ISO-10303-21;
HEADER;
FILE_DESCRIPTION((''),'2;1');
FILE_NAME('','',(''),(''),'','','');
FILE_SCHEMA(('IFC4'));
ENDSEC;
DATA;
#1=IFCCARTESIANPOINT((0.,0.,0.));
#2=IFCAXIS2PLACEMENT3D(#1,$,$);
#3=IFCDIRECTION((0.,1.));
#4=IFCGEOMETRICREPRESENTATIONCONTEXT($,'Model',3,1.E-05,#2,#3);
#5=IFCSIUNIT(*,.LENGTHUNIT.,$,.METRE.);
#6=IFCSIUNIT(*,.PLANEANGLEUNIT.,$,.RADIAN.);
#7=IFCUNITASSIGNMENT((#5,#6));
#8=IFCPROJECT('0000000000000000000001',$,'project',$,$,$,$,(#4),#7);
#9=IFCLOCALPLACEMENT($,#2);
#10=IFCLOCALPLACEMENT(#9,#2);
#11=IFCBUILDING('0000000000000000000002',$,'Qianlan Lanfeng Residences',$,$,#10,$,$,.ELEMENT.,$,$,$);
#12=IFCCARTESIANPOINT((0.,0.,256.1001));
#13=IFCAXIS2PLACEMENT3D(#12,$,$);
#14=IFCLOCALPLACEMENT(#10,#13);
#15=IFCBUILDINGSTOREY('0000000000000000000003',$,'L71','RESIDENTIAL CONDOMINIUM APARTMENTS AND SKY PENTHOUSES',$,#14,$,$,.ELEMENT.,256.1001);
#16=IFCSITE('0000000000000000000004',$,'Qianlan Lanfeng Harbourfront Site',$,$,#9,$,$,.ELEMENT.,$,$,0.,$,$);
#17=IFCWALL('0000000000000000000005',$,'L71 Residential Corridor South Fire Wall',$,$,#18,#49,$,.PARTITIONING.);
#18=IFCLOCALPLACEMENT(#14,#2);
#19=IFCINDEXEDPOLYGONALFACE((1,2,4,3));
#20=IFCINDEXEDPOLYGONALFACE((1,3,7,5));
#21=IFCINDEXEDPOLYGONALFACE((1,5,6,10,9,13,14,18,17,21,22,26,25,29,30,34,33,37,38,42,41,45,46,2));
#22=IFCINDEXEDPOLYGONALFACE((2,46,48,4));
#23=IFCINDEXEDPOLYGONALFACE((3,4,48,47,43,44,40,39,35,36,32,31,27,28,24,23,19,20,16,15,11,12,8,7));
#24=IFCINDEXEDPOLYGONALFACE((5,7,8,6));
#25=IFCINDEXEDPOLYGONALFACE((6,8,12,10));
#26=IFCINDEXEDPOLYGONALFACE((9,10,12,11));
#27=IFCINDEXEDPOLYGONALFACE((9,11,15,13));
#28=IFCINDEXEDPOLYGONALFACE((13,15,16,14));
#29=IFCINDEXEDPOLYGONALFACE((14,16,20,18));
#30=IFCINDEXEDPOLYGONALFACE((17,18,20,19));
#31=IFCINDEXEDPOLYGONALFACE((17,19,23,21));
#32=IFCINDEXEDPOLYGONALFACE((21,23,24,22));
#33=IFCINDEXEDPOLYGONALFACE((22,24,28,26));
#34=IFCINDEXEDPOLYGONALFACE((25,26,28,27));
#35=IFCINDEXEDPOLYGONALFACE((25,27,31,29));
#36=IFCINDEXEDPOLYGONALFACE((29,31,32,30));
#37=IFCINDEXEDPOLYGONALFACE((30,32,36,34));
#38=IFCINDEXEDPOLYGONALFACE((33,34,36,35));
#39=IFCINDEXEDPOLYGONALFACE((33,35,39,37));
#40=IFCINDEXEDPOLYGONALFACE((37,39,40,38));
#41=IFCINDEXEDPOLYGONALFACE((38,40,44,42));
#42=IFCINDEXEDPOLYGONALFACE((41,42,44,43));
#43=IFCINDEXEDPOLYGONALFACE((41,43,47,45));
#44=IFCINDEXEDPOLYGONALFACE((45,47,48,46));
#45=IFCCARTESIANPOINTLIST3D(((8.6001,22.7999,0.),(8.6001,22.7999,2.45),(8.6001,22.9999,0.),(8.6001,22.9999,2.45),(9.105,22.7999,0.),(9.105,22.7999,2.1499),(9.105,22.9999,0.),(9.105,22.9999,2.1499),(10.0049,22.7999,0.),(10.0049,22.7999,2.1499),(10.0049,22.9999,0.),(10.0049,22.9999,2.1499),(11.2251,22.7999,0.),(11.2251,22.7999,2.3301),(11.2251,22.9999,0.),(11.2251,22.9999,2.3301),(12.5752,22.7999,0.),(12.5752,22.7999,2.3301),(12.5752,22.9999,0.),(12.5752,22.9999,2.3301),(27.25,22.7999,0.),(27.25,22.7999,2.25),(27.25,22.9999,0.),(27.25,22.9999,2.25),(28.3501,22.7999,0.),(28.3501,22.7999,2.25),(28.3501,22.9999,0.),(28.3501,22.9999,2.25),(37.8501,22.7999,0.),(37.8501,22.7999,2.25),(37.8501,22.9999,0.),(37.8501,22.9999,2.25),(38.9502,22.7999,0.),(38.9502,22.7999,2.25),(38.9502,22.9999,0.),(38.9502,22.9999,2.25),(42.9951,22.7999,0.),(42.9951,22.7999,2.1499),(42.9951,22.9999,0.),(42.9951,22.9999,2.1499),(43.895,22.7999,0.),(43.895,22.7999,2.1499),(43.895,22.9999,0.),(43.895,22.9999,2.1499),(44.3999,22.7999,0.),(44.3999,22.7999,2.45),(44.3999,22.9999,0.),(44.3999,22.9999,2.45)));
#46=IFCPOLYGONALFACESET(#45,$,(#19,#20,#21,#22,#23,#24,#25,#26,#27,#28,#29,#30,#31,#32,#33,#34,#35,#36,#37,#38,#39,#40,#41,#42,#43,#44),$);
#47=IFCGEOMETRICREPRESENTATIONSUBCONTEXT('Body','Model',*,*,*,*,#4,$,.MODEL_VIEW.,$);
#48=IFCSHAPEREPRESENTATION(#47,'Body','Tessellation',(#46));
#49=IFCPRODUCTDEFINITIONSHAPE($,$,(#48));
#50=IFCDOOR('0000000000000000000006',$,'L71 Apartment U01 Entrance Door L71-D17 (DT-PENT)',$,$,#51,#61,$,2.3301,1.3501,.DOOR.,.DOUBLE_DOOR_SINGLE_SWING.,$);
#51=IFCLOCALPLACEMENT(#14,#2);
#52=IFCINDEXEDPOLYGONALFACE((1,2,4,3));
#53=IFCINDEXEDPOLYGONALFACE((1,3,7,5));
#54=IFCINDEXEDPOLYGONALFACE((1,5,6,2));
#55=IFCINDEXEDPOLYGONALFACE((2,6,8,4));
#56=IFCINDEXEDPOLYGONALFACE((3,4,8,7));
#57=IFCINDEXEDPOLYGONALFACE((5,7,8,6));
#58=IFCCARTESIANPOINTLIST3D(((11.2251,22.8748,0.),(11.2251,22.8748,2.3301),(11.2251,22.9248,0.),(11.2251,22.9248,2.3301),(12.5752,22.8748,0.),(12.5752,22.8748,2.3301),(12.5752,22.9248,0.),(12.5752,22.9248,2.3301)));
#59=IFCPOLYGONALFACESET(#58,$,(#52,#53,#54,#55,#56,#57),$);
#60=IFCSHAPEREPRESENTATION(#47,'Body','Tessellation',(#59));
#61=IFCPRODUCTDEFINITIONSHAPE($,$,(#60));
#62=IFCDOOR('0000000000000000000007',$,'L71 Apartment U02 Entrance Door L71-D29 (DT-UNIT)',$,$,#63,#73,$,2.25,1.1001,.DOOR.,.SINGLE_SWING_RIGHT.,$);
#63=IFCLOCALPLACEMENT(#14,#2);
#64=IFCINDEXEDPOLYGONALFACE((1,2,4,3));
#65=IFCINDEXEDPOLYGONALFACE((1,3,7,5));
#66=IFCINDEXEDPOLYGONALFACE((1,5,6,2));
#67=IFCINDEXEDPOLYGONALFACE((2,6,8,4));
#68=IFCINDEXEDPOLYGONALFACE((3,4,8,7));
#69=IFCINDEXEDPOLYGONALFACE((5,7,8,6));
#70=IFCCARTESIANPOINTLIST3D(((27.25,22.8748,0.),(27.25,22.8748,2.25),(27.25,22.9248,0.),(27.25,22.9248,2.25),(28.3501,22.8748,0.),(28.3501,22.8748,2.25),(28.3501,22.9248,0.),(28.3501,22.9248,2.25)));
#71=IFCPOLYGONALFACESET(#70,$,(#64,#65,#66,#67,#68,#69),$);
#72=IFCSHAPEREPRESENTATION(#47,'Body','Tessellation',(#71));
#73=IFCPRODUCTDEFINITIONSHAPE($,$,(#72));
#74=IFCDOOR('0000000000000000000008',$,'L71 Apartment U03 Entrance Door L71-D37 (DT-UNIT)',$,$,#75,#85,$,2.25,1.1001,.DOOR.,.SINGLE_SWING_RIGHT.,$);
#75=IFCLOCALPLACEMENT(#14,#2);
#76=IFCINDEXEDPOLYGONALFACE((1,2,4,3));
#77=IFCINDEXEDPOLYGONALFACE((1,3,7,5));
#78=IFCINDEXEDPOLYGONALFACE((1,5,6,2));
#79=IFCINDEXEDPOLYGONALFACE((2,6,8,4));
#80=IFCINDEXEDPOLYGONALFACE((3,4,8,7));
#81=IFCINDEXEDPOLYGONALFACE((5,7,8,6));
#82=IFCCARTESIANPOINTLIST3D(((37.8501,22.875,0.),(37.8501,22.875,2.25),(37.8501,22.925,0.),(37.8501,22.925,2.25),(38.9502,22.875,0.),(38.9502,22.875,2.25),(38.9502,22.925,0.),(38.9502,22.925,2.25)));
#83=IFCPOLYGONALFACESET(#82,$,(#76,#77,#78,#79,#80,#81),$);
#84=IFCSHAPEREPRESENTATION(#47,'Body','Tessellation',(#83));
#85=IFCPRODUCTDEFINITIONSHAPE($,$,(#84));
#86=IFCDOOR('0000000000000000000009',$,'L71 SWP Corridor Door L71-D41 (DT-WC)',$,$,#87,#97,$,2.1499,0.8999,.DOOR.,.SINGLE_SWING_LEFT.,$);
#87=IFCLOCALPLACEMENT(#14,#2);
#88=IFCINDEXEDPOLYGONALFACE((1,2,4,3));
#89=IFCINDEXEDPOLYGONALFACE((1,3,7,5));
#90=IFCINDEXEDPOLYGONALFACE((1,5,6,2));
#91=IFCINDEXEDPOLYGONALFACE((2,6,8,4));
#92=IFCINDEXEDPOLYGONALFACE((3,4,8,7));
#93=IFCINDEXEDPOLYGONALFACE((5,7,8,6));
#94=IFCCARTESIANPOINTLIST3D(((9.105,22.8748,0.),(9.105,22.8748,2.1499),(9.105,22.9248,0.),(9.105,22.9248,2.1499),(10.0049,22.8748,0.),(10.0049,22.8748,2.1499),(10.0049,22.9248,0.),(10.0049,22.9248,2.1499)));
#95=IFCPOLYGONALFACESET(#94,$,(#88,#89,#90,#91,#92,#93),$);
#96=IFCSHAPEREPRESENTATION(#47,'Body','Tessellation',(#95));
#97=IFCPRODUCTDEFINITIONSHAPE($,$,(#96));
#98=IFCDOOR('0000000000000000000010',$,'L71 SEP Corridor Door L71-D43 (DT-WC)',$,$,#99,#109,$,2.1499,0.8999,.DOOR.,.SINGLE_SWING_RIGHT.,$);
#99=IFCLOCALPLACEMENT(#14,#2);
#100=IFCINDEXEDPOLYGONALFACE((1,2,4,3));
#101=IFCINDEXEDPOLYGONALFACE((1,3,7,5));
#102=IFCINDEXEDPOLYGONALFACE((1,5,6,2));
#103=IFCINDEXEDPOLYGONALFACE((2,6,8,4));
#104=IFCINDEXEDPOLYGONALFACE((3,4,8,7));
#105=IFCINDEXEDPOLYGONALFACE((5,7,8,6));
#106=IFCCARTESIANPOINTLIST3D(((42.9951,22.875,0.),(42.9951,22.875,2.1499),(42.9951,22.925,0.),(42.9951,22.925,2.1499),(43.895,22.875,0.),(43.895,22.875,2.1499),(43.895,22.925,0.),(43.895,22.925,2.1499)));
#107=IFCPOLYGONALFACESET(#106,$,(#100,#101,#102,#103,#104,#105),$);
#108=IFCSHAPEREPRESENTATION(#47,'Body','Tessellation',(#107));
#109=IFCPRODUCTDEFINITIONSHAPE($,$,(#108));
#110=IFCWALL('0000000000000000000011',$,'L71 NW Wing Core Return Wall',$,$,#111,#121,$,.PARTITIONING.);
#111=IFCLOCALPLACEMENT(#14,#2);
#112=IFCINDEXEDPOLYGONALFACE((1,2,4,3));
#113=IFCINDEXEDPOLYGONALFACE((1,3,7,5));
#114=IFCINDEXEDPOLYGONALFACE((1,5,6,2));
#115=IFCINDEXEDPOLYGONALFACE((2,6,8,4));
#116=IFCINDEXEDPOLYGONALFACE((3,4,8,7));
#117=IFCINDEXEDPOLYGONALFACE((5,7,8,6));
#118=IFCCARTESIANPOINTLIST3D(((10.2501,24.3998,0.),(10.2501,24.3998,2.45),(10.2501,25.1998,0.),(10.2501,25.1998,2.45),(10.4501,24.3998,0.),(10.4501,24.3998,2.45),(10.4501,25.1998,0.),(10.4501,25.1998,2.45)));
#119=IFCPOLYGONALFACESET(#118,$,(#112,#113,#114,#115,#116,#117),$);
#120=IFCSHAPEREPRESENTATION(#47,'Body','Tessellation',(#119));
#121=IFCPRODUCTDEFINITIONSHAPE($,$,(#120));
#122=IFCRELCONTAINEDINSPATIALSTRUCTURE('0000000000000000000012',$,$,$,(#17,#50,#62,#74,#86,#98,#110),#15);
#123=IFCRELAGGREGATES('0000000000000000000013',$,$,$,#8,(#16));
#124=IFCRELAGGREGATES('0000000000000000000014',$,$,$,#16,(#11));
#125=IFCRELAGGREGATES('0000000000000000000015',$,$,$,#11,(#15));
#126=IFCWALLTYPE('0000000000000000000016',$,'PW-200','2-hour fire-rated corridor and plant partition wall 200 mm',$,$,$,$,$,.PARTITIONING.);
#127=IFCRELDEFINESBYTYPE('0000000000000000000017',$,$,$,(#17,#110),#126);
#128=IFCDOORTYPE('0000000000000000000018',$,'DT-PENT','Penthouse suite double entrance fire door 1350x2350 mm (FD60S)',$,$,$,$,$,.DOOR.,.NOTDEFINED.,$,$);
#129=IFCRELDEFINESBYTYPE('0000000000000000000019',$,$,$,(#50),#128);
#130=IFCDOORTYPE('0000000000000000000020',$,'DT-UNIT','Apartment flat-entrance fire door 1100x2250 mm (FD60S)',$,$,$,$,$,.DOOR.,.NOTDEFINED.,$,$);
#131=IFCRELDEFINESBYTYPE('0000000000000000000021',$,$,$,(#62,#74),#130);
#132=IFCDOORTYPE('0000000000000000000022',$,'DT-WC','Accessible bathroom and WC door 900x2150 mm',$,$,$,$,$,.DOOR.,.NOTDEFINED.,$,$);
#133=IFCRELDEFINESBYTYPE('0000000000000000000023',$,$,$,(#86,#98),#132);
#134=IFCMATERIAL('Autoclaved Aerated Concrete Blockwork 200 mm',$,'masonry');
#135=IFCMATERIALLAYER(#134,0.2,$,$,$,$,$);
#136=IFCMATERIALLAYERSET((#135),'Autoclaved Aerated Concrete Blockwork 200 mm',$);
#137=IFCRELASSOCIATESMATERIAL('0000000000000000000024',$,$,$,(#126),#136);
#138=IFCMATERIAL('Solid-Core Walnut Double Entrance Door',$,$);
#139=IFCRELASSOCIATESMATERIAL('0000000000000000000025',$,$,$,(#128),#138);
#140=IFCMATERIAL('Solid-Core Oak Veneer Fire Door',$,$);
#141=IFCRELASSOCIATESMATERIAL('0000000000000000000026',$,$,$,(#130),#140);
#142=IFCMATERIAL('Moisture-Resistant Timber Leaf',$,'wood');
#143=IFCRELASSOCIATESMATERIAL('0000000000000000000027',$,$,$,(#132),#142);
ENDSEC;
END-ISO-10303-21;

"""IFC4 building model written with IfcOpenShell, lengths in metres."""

from ifc_helpers import new_model, si_unit, direction, frame, frame_2d, origin, place, context, subcontext, project, spatial, rectangle, extrude, material, layer, layer_set, type_object, element, fill, save


model = new_model("IFC4")

# Units and contexts
model_context = context("Model", 3, precision=1e-05, world=origin(), true_north=direction((0.0, 1.0)))
body_context = subcontext(model_context, "Body", "Model", "MODEL_VIEW")
ifc_project = project(units=[si_unit("LENGTHUNIT", "METRE"), si_unit("PLANEANGLEUNIT", "RADIAN")], contexts=[model_context])

# Site, building, storey
site_placement = place(None, origin())
site = spatial("IfcSite", under=ifc_project, at=site_placement, Name="Qianlan Lanfeng Harbourfront Site", CompositionType="ELEMENT", RefElevation=0.0)
building_placement = place(site_placement, origin())
building = spatial("IfcBuilding", under=site, at=building_placement, Name="Qianlan Lanfeng Residences", CompositionType="ELEMENT")
storey_placement = place(building_placement, frame((0.0, 0.0, 256.1001)))
storey = spatial("IfcBuildingStorey", under=building, at=storey_placement, Name="L71", Description="RESIDENTIAL CONDOMINIUM APARTMENTS AND SKY PENTHOUSES", CompositionType="ELEMENT", Elevation=256.1001)

# Shared definitions
ifc_material_1 = material(Name="Autoclaved Aerated Concrete Blockwork 200 mm", Category="masonry")
ifc_layer_1 = layer(ifc_material_1, 0.2)
ifc_layer_set_1 = layer_set([ifc_layer_1], Name="Autoclaved Aerated Concrete Blockwork 200 mm")
wall_type_1 = type_object("IfcWallType", Name="PW-200", Description="2-hour fire-rated corridor and plant partition wall 200 mm", PredefinedType="PARTITIONING", material=ifc_layer_set_1)

# Wall, openings, doors
wall_1_placement = place(storey_placement, frame((8.6001, 22.8999, 0.0), z_axis=(0.0, 0.0, 1.0), x_axis=(1.0, 0.0, 0.0)))
wall_1 = element("IfcWall", 1, at=wall_1_placement, inside=storey, type_object=wall_type_1, Name="L71 Residential Corridor South Fire Wall", PredefinedType="PARTITIONING", context=body_context, shape_type="SweptSolid", body=[
    extrude(rectangle(XDim=35.7998, YDim=0.2, at=frame_2d((17.8999, 0.0))), origin(), (0.0, 0.0, 1.0), 2.45),
])
opening_1_placement = place(wall_1_placement, frame((2.625, 0.0, 0.0)))
opening_1 = element("IfcOpeningElement", 2, at=opening_1_placement, cuts=wall_1, PredefinedType="OPENING", context=body_context, shape_type="SweptSolid", body=[
    extrude(rectangle(XDim=1.3501, YDim=2.3301, at=frame_2d((0.675, 1.165))), frame((0.0, 0.1099, 0.0), z_axis=(0.0, -1.0, 0.0), x_axis=(1.0, 0.0, 0.0)), (0.0, 0.0, 1.0), 0.22),
])
opening_2_placement = place(wall_1_placement, frame((18.6499, 0.0, 0.0)))
opening_2 = element("IfcOpeningElement", 3, at=opening_2_placement, cuts=wall_1, PredefinedType="OPENING", context=body_context, shape_type="SweptSolid", body=[
    extrude(rectangle(XDim=1.1001, YDim=2.25, at=frame_2d((0.55, 1.125))), frame((0.0, 0.1099, 0.0), z_axis=(0.0, -1.0, 0.0), x_axis=(1.0, 0.0, 0.0)), (0.0, 0.0, 1.0), 0.22),
])
opening_3_placement = place(wall_1_placement, frame((29.25, 0.0, 0.0)))
opening_3 = element("IfcOpeningElement", 4, at=opening_3_placement, cuts=wall_1, PredefinedType="OPENING", context=body_context, shape_type="SweptSolid", body=[
    extrude(rectangle(XDim=1.1001, YDim=2.25, at=frame_2d((0.55, 1.125))), frame((0.0, 0.1099, 0.0), z_axis=(0.0, -1.0, 0.0), x_axis=(1.0, 0.0, 0.0)), (0.0, 0.0, 1.0), 0.22),
])
opening_4_placement = place(wall_1_placement, frame((0.5049, 0.0, 0.0)))
opening_4 = element("IfcOpeningElement", 5, at=opening_4_placement, cuts=wall_1, PredefinedType="OPENING", context=body_context, shape_type="SweptSolid", body=[
    extrude(rectangle(XDim=0.8999, YDim=2.1499, at=frame_2d((0.45, 1.075))), frame((0.0, 0.1099, 0.0), z_axis=(0.0, -1.0, 0.0), x_axis=(1.0, 0.0, 0.0)), (0.0, 0.0, 1.0), 0.22),
])
opening_5_placement = place(wall_1_placement, frame((34.395, 0.0, 0.0)))
opening_5 = element("IfcOpeningElement", 6, at=opening_5_placement, cuts=wall_1, PredefinedType="OPENING", context=body_context, shape_type="SweptSolid", body=[
    extrude(rectangle(XDim=0.8999, YDim=2.1499, at=frame_2d((0.45, 1.075))), frame((0.0, 0.1099, 0.0), z_axis=(0.0, -1.0, 0.0), x_axis=(1.0, 0.0, 0.0)), (0.0, 0.0, 1.0), 0.22),
])
ifc_material_2 = material(Name="Solid-Core Walnut Double Entrance Door")
door_type_1 = type_object("IfcDoorType", Name="DT-PENT", Description="Penthouse suite double entrance fire door 1350x2350 mm (FD60S)", OperationType="NOTDEFINED", PredefinedType="DOOR", material=ifc_material_2)
door_1_placement = place(opening_1_placement, origin())
door_1 = element("IfcDoor", 7, at=door_1_placement, inside=storey, type_object=door_type_1, Name="L71 Apartment U01 Entrance Door L71-D17 (DT-PENT)", OperationType="DOUBLE_DOOR_SINGLE_SWING", OverallHeight=2.3301, OverallWidth=1.3501, PredefinedType="DOOR", context=body_context, shape_type="SweptSolid", body=[
    extrude(rectangle(XDim=1.3501, YDim=2.3301, at=frame_2d((0.675, 1.165))), frame((0.0, 0.0249, 0.0), z_axis=(0.0, -1.0, 0.0), x_axis=(1.0, 0.0, 0.0)), (0.0, 0.0, 1.0), 0.05),
])
fill(opening_1, door_1)
ifc_material_3 = material(Name="Solid-Core Oak Veneer Fire Door")
door_type_2 = type_object("IfcDoorType", Name="DT-UNIT", Description="Apartment flat-entrance fire door 1100x2250 mm (FD60S)", OperationType="NOTDEFINED", PredefinedType="DOOR", material=ifc_material_3)
door_2_placement = place(opening_2_placement, origin())
door_2 = element("IfcDoor", 8, at=door_2_placement, inside=storey, type_object=door_type_2, Name="L71 Apartment U02 Entrance Door L71-D29 (DT-UNIT)", OperationType="SINGLE_SWING_RIGHT", OverallHeight=2.25, OverallWidth=1.1001, PredefinedType="DOOR", context=body_context, shape_type="SweptSolid", body=[
    extrude(rectangle(XDim=1.1001, YDim=2.25, at=frame_2d((0.55, 1.125))), frame((0.0, 0.0249, 0.0), z_axis=(0.0, -1.0, 0.0), x_axis=(1.0, 0.0, 0.0)), (0.0, 0.0, 1.0), 0.05),
])
fill(opening_2, door_2)
door_3_placement = place(opening_3_placement, frame((1.1001, 0.0, 0.0), z_axis=(0.0, 0.0, 1.0), x_axis=(-1.0, 0.0, 0.0)))
door_3 = element("IfcDoor", 9, at=door_3_placement, inside=storey, type_object=door_type_2, Name="L71 Apartment U03 Entrance Door L71-D37 (DT-UNIT)", OperationType="SINGLE_SWING_RIGHT", OverallHeight=2.25, OverallWidth=1.1001, PredefinedType="DOOR", context=body_context, shape_type="SweptSolid", body=[
    extrude(rectangle(XDim=1.1001, YDim=2.25, at=frame_2d((0.55, 1.125))), frame((0.0, 0.0249, 0.0), z_axis=(0.0, -1.0, 0.0), x_axis=(1.0, 0.0, 0.0)), (0.0, 0.0, 1.0), 0.05),
])
fill(opening_3, door_3)
ifc_material_4 = material(Name="Moisture-Resistant Timber Leaf", Category="wood")
door_type_3 = type_object("IfcDoorType", Name="DT-WC", Description="Accessible bathroom and WC door 900x2150 mm", OperationType="NOTDEFINED", PredefinedType="DOOR", material=ifc_material_4)
door_4_placement = place(opening_4_placement, origin())
door_4 = element("IfcDoor", 10, at=door_4_placement, inside=storey, type_object=door_type_3, Name="L71 SWP Corridor Door L71-D41 (DT-WC)", OperationType="SINGLE_SWING_LEFT", OverallHeight=2.1499, OverallWidth=0.8999, PredefinedType="DOOR", context=body_context, shape_type="SweptSolid", body=[
    extrude(rectangle(XDim=0.8999, YDim=2.1499, at=frame_2d((0.45, 1.075))), frame((0.0, 0.0249, 0.0), z_axis=(0.0, -1.0, 0.0), x_axis=(1.0, 0.0, 0.0)), (0.0, 0.0, 1.0), 0.05),
])
fill(opening_4, door_4)
door_5_placement = place(opening_5_placement, frame((0.8999, 0.0, 0.0), z_axis=(0.0, 0.0, 1.0), x_axis=(-1.0, 0.0, 0.0)))
door_5 = element("IfcDoor", 11, at=door_5_placement, inside=storey, type_object=door_type_3, Name="L71 SEP Corridor Door L71-D43 (DT-WC)", OperationType="SINGLE_SWING_RIGHT", OverallHeight=2.1499, OverallWidth=0.8999, PredefinedType="DOOR", context=body_context, shape_type="SweptSolid", body=[
    extrude(rectangle(XDim=0.8999, YDim=2.1499, at=frame_2d((0.45, 1.075))), frame((0.0, 0.0249, 0.0), z_axis=(0.0, -1.0, 0.0), x_axis=(1.0, 0.0, 0.0)), (0.0, 0.0, 1.0), 0.05),
])
fill(opening_5, door_5)

# Wall
wall_2_placement = place(storey_placement, frame((10.3501, 24.3999, 0.0), z_axis=(0.0, 0.0, 1.0), x_axis=(0.0, 1.0, 0.0)))
element("IfcWall", 12, at=wall_2_placement, inside=storey, type_object=wall_type_1, Name="L71 NW Wing Core Return Wall", PredefinedType="PARTITIONING", context=body_context, shape_type="SweptSolid", body=[
    extrude(rectangle(XDim=0.8, YDim=0.2, at=frame_2d((0.3999, 0.0))), origin(), (0.0, 0.0, 1.0), 2.45),
])

save(model, "model.ifc")
